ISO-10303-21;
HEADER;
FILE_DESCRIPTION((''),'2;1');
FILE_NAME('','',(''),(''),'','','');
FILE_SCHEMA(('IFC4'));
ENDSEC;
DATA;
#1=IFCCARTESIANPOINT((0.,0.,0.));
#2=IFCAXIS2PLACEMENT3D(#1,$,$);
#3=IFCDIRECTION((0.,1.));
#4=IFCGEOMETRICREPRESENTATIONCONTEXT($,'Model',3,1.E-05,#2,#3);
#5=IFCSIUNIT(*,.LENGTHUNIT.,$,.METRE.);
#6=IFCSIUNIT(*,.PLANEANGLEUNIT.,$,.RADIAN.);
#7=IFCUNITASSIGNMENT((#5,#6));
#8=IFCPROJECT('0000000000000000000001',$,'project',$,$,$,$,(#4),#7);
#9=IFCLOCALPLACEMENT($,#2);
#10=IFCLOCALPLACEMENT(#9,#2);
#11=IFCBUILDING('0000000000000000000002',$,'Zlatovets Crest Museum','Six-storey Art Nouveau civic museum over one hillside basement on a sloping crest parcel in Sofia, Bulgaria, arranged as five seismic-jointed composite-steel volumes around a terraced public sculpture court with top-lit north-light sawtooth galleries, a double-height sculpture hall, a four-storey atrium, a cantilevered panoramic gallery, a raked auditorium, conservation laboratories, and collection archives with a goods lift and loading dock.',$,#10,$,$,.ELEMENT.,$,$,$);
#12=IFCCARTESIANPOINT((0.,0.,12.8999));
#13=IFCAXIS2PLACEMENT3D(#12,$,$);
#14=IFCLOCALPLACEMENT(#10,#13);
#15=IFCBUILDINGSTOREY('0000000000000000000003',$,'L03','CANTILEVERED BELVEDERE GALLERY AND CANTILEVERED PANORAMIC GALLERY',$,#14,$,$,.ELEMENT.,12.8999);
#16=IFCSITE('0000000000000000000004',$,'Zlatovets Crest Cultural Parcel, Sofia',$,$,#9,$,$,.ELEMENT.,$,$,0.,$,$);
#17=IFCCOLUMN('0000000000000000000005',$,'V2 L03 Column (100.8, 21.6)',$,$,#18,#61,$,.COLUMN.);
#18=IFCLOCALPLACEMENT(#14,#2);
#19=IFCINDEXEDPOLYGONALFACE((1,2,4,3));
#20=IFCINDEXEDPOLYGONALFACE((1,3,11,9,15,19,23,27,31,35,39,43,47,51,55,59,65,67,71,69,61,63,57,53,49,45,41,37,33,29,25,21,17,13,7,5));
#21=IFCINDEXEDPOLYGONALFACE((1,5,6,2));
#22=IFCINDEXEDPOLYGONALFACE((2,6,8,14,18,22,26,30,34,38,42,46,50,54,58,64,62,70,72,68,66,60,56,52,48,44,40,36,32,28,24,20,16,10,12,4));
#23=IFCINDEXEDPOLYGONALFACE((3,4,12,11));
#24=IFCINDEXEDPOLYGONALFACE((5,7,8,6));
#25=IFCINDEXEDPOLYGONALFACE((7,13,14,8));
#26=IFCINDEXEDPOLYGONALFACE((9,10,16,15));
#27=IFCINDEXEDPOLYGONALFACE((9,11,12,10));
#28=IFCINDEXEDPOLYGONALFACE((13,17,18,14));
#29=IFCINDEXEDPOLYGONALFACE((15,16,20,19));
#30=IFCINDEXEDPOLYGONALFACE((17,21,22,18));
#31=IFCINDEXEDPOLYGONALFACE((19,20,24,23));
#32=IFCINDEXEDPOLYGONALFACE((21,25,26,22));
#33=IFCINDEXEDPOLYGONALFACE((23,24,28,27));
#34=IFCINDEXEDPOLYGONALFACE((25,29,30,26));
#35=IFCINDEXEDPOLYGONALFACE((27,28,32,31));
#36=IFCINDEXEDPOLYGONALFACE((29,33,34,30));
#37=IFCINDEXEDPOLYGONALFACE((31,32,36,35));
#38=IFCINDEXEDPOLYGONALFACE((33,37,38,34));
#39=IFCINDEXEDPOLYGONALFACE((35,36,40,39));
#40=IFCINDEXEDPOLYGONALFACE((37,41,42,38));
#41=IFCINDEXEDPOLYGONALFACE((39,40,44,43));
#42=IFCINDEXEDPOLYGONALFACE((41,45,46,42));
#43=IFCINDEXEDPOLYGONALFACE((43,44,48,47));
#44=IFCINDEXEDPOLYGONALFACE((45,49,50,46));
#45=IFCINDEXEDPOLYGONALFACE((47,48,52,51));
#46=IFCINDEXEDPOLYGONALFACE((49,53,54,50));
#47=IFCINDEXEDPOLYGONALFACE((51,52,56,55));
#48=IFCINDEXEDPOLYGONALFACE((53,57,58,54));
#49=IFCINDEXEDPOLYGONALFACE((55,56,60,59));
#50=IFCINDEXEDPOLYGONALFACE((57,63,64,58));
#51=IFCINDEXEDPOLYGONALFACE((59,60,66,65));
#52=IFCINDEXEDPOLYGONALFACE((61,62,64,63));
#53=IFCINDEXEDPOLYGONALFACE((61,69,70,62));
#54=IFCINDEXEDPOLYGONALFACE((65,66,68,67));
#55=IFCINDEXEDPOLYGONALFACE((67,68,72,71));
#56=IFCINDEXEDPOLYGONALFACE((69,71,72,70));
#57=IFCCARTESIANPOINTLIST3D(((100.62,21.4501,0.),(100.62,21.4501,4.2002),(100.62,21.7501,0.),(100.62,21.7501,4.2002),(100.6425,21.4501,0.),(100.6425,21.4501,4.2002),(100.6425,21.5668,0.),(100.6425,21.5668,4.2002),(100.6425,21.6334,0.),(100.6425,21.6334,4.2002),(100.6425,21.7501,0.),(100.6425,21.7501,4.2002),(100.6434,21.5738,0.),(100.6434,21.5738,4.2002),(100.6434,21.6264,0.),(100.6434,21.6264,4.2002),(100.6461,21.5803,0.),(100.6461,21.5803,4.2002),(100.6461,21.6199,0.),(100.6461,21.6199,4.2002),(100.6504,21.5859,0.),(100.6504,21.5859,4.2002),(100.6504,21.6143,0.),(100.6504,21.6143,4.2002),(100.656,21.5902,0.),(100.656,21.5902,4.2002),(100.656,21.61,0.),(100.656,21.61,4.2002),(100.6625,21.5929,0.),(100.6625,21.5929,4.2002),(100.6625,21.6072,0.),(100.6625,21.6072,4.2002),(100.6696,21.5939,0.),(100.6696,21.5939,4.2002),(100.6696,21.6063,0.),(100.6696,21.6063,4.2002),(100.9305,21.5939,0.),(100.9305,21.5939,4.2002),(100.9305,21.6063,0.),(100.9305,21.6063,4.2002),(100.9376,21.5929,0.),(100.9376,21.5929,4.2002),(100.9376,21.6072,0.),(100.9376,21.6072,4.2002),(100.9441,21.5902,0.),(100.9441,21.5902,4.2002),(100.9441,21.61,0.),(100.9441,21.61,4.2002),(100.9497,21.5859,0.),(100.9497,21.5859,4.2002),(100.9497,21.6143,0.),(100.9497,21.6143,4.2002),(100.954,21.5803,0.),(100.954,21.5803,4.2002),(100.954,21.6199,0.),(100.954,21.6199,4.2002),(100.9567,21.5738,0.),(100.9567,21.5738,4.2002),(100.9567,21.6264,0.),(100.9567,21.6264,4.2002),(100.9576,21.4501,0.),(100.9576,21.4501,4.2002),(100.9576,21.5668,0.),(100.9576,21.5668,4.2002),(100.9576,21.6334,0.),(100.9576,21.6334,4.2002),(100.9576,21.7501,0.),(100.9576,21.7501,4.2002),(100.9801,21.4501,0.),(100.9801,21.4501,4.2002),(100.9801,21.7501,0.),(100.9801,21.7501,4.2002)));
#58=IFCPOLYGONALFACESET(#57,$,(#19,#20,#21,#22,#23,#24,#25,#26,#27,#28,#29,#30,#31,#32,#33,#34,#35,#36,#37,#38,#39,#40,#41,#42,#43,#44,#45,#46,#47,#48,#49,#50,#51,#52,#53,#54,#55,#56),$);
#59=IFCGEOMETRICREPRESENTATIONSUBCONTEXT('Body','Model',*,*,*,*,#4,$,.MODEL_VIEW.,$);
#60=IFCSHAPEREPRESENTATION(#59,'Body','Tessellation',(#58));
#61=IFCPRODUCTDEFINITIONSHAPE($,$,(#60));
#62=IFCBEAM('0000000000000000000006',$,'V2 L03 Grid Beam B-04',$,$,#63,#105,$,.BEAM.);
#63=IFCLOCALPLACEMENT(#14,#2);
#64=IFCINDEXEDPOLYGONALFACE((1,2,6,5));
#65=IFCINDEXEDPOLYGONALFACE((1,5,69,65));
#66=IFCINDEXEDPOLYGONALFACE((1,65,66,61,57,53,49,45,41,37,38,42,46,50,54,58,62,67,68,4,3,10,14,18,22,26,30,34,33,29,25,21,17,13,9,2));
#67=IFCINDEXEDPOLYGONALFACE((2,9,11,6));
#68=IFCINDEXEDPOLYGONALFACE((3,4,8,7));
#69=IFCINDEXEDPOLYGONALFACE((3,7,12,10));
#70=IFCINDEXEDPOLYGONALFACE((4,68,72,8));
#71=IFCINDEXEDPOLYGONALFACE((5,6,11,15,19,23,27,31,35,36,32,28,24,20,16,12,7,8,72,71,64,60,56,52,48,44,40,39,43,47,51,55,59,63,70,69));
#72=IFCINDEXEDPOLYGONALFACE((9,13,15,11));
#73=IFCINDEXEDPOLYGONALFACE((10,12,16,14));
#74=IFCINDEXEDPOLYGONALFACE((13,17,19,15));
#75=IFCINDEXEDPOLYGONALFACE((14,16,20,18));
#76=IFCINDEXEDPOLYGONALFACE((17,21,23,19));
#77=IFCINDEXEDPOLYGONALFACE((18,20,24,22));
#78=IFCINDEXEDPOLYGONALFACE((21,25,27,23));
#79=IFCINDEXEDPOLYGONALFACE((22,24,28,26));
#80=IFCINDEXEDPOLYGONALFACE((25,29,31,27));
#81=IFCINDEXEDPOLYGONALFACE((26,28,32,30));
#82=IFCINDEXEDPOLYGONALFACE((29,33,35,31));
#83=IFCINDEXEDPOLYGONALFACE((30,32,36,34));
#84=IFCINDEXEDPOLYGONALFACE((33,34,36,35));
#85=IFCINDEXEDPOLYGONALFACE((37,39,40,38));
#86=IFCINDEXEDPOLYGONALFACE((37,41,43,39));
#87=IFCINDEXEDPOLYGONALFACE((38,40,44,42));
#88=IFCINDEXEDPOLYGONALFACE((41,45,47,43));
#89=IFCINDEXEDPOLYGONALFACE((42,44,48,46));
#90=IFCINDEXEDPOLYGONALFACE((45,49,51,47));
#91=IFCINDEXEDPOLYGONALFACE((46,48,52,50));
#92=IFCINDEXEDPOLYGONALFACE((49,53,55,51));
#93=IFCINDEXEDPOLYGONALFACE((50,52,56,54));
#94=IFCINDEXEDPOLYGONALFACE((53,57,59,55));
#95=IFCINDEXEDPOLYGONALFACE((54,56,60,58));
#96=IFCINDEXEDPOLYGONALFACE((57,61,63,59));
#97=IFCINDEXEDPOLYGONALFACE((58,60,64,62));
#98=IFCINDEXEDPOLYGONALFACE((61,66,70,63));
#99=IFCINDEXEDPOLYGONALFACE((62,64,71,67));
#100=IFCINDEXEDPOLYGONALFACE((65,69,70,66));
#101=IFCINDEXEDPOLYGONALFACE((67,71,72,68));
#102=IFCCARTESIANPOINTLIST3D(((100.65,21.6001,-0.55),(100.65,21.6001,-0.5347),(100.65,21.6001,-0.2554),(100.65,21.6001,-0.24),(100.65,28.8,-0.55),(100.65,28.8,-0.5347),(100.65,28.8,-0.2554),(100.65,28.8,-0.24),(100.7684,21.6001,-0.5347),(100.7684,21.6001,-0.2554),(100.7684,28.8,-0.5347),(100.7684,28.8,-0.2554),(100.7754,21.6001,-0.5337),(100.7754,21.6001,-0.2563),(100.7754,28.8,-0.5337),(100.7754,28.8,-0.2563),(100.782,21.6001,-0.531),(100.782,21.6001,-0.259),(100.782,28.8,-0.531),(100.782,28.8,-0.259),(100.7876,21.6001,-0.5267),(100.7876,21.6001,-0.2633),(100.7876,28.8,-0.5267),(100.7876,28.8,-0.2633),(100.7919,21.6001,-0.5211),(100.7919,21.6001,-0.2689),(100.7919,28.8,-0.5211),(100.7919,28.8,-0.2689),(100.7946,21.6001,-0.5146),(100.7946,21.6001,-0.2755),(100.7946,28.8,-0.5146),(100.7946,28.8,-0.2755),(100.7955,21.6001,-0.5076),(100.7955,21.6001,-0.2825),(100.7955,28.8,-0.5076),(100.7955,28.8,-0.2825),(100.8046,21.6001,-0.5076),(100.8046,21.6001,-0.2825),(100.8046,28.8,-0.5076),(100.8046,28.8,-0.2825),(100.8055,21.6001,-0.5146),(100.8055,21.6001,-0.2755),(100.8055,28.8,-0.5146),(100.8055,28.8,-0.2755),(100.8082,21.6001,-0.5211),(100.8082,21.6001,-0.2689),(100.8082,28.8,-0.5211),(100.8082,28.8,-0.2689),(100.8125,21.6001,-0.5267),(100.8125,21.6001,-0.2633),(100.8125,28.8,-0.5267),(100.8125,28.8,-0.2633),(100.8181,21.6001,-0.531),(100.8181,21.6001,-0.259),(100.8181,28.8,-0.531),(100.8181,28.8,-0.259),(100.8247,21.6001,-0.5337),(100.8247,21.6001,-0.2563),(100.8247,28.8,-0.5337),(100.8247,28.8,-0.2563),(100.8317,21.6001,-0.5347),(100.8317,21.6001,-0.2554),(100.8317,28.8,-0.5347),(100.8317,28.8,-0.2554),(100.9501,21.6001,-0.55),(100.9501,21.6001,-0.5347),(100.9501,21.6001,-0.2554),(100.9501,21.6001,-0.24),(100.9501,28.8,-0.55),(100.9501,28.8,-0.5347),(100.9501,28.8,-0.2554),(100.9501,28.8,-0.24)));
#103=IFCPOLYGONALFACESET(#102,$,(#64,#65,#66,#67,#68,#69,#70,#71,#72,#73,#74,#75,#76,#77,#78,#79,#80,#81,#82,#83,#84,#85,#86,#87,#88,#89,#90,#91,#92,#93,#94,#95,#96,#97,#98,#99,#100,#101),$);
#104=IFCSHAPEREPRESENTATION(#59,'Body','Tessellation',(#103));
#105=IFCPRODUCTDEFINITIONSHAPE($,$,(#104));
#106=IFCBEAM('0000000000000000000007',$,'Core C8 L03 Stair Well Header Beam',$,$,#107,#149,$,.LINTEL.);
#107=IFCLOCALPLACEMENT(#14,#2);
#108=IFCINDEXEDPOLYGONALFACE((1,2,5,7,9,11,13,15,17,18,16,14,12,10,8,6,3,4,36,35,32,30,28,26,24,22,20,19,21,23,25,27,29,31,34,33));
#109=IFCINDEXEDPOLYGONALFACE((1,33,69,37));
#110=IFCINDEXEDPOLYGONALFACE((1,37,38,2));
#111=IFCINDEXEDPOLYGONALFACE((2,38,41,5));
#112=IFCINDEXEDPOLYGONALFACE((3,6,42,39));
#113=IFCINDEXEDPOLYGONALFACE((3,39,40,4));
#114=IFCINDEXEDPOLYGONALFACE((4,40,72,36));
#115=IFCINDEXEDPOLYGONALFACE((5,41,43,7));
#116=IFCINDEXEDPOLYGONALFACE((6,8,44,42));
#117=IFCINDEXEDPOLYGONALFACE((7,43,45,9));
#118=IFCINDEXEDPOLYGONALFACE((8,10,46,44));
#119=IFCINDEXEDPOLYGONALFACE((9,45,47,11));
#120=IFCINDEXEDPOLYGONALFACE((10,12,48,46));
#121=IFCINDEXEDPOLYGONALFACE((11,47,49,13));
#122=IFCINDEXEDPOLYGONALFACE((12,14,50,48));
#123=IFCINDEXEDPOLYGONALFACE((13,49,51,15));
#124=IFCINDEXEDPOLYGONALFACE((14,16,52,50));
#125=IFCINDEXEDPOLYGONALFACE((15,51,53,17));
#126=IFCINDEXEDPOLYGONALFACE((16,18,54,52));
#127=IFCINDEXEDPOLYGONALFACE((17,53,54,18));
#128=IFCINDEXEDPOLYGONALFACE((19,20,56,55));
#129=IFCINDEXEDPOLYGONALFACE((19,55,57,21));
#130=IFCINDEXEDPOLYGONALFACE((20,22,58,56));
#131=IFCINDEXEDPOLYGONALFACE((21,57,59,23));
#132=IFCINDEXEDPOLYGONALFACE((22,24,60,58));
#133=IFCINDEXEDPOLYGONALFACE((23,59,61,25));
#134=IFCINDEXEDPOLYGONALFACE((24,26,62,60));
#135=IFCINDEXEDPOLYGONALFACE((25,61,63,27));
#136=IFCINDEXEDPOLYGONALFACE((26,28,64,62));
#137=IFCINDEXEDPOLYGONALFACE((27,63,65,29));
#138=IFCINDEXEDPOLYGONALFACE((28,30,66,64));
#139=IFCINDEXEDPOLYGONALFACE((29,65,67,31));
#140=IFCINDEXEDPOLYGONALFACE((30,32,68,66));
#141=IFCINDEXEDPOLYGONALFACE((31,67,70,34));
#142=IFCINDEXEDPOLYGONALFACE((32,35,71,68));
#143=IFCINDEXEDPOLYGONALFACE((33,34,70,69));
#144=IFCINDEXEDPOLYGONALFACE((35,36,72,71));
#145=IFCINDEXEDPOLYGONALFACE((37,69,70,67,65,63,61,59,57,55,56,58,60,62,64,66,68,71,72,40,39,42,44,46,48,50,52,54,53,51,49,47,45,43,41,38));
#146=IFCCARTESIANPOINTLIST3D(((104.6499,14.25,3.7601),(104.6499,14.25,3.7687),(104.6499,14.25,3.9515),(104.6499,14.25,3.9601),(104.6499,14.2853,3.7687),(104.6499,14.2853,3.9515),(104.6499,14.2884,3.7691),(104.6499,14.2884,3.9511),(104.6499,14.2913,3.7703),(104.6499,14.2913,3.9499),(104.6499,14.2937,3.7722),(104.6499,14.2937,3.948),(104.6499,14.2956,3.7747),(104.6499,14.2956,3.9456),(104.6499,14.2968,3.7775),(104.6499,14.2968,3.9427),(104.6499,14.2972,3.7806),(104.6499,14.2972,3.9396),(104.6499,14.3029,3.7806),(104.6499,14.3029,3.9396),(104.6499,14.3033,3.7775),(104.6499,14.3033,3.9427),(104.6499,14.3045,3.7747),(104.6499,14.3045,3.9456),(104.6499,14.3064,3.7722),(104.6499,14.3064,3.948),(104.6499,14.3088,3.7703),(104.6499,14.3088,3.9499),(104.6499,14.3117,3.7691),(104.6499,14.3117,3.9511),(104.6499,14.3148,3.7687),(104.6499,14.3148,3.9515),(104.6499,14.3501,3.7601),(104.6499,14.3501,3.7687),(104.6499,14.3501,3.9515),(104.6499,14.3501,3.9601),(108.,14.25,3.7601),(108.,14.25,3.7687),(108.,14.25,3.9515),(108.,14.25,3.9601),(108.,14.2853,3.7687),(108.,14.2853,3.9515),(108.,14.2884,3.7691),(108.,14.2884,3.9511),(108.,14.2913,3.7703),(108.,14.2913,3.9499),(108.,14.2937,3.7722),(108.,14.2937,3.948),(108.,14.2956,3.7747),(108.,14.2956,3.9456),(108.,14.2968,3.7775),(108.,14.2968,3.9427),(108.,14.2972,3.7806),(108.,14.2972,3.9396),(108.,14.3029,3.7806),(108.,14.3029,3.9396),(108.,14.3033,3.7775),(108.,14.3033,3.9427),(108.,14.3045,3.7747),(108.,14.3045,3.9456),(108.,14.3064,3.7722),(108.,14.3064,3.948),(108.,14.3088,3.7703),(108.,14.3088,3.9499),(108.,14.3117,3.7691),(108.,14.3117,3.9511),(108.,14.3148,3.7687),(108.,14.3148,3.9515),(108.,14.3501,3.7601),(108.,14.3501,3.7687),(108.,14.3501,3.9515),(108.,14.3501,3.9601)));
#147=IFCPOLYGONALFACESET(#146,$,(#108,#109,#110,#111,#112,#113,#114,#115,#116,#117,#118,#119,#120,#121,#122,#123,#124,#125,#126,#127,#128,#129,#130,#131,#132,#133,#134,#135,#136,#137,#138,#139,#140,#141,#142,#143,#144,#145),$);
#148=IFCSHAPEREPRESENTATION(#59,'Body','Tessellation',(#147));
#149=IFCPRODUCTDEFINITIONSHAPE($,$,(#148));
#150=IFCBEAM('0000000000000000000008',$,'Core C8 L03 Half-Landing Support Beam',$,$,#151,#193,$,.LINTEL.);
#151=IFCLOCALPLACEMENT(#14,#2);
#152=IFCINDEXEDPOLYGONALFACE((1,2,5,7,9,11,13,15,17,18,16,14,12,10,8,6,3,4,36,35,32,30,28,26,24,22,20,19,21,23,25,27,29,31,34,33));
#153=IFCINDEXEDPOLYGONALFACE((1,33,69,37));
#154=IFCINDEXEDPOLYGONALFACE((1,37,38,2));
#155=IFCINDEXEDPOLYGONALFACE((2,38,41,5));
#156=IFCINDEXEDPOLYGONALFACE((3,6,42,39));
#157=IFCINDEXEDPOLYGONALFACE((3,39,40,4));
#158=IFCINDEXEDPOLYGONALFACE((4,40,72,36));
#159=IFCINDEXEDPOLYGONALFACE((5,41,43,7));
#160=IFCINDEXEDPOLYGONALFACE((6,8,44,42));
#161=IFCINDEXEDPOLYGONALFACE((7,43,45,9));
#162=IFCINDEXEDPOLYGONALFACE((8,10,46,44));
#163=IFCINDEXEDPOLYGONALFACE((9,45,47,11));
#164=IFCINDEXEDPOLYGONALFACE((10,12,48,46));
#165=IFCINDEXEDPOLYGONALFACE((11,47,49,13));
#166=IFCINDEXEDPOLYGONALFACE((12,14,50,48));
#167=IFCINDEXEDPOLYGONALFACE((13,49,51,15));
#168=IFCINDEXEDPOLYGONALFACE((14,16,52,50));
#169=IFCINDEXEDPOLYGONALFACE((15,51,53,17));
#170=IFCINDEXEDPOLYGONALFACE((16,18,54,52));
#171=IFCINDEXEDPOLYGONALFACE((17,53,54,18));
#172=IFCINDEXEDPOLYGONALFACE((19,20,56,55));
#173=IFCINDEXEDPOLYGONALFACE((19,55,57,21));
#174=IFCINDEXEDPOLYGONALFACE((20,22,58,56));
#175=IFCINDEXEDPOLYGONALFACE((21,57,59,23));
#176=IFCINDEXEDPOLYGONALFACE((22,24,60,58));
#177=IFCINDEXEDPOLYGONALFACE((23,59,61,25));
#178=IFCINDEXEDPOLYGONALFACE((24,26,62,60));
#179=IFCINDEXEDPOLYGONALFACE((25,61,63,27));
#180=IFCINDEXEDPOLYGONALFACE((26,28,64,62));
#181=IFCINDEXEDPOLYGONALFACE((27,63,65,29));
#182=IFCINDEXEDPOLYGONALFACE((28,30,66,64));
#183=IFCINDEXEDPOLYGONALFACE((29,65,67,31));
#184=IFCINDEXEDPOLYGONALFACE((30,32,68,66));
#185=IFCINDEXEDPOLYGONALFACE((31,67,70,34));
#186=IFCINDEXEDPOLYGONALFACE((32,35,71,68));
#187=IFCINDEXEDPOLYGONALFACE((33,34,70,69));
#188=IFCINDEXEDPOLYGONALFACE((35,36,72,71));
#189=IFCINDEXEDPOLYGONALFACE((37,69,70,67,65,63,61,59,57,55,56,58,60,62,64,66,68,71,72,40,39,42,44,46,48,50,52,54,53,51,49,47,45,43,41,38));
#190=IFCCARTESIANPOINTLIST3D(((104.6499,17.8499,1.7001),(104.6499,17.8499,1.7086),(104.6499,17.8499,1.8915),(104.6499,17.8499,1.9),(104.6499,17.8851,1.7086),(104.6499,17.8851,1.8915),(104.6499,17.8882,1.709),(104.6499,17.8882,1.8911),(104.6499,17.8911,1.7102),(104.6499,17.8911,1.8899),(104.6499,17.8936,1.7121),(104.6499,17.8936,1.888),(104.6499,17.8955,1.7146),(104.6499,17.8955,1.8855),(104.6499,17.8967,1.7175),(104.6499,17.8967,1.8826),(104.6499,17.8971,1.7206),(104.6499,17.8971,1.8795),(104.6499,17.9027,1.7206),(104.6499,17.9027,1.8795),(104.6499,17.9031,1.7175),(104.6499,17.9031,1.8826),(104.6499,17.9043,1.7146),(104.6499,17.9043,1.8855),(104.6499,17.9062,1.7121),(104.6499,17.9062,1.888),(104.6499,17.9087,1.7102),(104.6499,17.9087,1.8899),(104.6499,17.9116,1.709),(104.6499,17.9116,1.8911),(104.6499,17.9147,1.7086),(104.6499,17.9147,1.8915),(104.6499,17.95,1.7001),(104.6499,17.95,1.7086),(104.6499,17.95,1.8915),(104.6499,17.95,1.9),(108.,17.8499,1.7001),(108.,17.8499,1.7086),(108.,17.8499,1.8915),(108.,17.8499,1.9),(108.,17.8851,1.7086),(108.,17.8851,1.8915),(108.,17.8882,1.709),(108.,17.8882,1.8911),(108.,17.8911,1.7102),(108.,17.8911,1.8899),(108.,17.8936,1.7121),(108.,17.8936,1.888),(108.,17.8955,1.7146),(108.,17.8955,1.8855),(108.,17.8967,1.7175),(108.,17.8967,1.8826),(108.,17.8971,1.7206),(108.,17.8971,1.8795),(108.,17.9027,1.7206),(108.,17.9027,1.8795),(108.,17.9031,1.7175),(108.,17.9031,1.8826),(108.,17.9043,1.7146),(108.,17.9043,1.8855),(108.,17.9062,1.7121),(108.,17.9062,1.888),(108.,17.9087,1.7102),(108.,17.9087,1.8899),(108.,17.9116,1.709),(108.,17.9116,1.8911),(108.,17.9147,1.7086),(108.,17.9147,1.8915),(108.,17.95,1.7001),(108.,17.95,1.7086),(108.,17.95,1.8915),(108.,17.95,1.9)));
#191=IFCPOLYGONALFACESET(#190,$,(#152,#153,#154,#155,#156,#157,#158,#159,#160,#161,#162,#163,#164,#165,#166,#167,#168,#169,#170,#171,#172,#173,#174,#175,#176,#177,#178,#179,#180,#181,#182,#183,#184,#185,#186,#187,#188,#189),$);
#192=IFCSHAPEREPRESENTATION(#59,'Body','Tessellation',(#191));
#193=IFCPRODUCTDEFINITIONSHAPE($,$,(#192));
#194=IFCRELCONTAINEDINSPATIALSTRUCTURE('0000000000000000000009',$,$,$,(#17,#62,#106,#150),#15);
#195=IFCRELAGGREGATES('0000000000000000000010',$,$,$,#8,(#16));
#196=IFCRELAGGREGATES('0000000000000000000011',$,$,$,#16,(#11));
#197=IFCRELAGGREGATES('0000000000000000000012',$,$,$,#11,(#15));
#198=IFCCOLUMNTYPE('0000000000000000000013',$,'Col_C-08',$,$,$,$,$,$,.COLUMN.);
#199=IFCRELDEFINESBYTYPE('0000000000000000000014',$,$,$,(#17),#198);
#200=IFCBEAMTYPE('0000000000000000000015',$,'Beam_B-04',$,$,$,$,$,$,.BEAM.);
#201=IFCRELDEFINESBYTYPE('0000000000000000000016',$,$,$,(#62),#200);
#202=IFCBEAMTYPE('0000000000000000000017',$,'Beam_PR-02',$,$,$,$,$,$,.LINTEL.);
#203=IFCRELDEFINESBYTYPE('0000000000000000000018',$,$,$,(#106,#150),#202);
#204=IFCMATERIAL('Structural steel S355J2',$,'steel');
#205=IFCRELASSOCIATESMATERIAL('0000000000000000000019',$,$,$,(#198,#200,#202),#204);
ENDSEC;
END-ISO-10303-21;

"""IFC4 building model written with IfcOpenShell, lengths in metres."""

from ifc_helpers import new_model, si_unit, direction, frame, origin, origin_2d, place, context, subcontext, project, spatial, i_section, extrude, material, material_profile, profile_set, type_object, element, save


model = new_model("IFC4")

# Units and contexts
model_context = context("Model", 3, precision=1e-05, world=origin(), true_north=direction((0.0, 1.0)))
body_context = subcontext(model_context, "Body", "Model", "MODEL_VIEW")
ifc_project = project(units=[si_unit("LENGTHUNIT", "METRE"), si_unit("PLANEANGLEUNIT", "RADIAN")], contexts=[model_context])

# Site, building, storey
site_placement = place(None, origin())
site = spatial("IfcSite", under=ifc_project, at=site_placement, Name="Zlatovets Crest Cultural Parcel, Sofia", CompositionType="ELEMENT", RefElevation=0.0)
building_placement = place(site_placement, origin())
building = spatial("IfcBuilding", under=site, at=building_placement, Name="Zlatovets Crest Museum", Description="Six-storey Art Nouveau civic museum over one hillside basement on a sloping crest parcel in Sofia, Bulgaria, arranged as five seismic-jointed composite-steel volumes around a terraced public sculpture court with top-lit north-light sawtooth galleries, a double-height sculpture hall, a four-storey atrium, a cantilevered panoramic gallery, a raked auditorium, conservation laboratories, and collection archives with a goods lift and loading dock.", CompositionType="ELEMENT")
storey_placement = place(building_placement, frame((0.0, 0.0, 12.8999)))
storey = spatial("IfcBuildingStorey", under=building, at=storey_placement, Name="L03", Description="CANTILEVERED BELVEDERE GALLERY AND CANTILEVERED PANORAMIC GALLERY", CompositionType="ELEMENT", Elevation=12.8999)

# Column
ifc_material_1 = material(Name="Structural steel S355J2", Category="steel")
ifc_material_profile_1 = material_profile(ifc_material_1, i_section(OverallWidth=0.3, OverallDepth=0.3601, WebThickness=0.0125, FlangeThickness=0.0225, FilletRadius=0.0271, at=origin_2d()), Name="HEB 360")
ifc_profile_set_1 = profile_set([ifc_material_profile_1], Name="Structural steel S355J2")
column_type = type_object("IfcColumnType", Name="Col_C-08", PredefinedType="COLUMN", material=ifc_profile_set_1)
column_placement = place(storey_placement, frame((100.8, 21.6001, 0.0), z_axis=(0.0, 0.0, 1.0), x_axis=(0.0, 1.0, 0.0)))
element("IfcColumn", 1, at=column_placement, inside=storey, type_object=column_type, Name="V2 L03 Column (100.8, 21.6)", PredefinedType="COLUMN", context=body_context, shape_type="SweptSolid", body=[
    extrude(i_section(OverallWidth=0.3, OverallDepth=0.3601, WebThickness=0.0125, FlangeThickness=0.0225, FilletRadius=0.0271, at=origin_2d()), origin(), (0.0, 0.0, 1.0), 4.2002),
])

# Beams
ifc_material_profile_2 = material_profile(ifc_material_1, i_section(OverallWidth=0.3, OverallDepth=0.3101, WebThickness=0.009, FlangeThickness=0.0154, FilletRadius=0.0271, at=origin_2d()), Name="HEA 320")
ifc_profile_set_2 = profile_set([ifc_material_profile_2], Name="Structural steel S355J2")
beam_type_1 = type_object("IfcBeamType", Name="Beam_B-04", PredefinedType="BEAM", material=ifc_profile_set_2)
beam_placement = place(storey_placement, frame((100.8, 21.6001, -0.395), z_axis=(0.0, 1.0, 0.0), x_axis=(-1.0, 0.0, 0.0)))
element("IfcBeam", 2, at=beam_placement, inside=storey, type_object=beam_type_1, Name="V2 L03 Grid Beam B-04", PredefinedType="BEAM", context=body_context, shape_type="SweptSolid", body=[
    extrude(i_section(OverallWidth=0.3, OverallDepth=0.3101, WebThickness=0.009, FlangeThickness=0.0154, FilletRadius=0.0271, at=origin_2d()), origin(), (0.0, 0.0, 1.0), 7.2),
])
ifc_material_profile_3 = material_profile(ifc_material_1, i_section(OverallWidth=0.1001, OverallDepth=0.2, WebThickness=0.0056, FlangeThickness=0.0085, FilletRadius=0.012, at=origin_2d()), Name="IPE 200")
ifc_profile_set_3 = profile_set([ifc_material_profile_3], Name="Structural steel S355J2")
beam_type_2 = type_object("IfcBeamType", Name="Beam_PR-02", PredefinedType="LINTEL", material=ifc_profile_set_3)
for number, where, z_axis, x_axis, name in (
    (3, (104.6499, 14.3, 3.8601), (1.0, 0.0, 0.0), (0.0, 1.0, 0.0), "Core C8 L03 Stair Well Header Beam"),
    (4, (104.6499, 17.8999, 1.8), (1.0, 0.0, 0.0), (0.0, 1.0, 0.0), "Core C8 L03 Half-Landing Support Beam"),
):
    element("IfcBeam", number, at=place(storey_placement, frame(where, z_axis=z_axis, x_axis=x_axis)), inside=storey, type_object=beam_type_2, Name=name, PredefinedType="LINTEL", context=body_context, shape_type="SweptSolid", body=[
        extrude(i_section(OverallWidth=0.1001, OverallDepth=0.2, WebThickness=0.0056, FlangeThickness=0.0085, FilletRadius=0.012, at=origin_2d()), origin(), (0.0, 0.0, 1.0), 3.3501),
    ])

save(model, "model.ifc")
